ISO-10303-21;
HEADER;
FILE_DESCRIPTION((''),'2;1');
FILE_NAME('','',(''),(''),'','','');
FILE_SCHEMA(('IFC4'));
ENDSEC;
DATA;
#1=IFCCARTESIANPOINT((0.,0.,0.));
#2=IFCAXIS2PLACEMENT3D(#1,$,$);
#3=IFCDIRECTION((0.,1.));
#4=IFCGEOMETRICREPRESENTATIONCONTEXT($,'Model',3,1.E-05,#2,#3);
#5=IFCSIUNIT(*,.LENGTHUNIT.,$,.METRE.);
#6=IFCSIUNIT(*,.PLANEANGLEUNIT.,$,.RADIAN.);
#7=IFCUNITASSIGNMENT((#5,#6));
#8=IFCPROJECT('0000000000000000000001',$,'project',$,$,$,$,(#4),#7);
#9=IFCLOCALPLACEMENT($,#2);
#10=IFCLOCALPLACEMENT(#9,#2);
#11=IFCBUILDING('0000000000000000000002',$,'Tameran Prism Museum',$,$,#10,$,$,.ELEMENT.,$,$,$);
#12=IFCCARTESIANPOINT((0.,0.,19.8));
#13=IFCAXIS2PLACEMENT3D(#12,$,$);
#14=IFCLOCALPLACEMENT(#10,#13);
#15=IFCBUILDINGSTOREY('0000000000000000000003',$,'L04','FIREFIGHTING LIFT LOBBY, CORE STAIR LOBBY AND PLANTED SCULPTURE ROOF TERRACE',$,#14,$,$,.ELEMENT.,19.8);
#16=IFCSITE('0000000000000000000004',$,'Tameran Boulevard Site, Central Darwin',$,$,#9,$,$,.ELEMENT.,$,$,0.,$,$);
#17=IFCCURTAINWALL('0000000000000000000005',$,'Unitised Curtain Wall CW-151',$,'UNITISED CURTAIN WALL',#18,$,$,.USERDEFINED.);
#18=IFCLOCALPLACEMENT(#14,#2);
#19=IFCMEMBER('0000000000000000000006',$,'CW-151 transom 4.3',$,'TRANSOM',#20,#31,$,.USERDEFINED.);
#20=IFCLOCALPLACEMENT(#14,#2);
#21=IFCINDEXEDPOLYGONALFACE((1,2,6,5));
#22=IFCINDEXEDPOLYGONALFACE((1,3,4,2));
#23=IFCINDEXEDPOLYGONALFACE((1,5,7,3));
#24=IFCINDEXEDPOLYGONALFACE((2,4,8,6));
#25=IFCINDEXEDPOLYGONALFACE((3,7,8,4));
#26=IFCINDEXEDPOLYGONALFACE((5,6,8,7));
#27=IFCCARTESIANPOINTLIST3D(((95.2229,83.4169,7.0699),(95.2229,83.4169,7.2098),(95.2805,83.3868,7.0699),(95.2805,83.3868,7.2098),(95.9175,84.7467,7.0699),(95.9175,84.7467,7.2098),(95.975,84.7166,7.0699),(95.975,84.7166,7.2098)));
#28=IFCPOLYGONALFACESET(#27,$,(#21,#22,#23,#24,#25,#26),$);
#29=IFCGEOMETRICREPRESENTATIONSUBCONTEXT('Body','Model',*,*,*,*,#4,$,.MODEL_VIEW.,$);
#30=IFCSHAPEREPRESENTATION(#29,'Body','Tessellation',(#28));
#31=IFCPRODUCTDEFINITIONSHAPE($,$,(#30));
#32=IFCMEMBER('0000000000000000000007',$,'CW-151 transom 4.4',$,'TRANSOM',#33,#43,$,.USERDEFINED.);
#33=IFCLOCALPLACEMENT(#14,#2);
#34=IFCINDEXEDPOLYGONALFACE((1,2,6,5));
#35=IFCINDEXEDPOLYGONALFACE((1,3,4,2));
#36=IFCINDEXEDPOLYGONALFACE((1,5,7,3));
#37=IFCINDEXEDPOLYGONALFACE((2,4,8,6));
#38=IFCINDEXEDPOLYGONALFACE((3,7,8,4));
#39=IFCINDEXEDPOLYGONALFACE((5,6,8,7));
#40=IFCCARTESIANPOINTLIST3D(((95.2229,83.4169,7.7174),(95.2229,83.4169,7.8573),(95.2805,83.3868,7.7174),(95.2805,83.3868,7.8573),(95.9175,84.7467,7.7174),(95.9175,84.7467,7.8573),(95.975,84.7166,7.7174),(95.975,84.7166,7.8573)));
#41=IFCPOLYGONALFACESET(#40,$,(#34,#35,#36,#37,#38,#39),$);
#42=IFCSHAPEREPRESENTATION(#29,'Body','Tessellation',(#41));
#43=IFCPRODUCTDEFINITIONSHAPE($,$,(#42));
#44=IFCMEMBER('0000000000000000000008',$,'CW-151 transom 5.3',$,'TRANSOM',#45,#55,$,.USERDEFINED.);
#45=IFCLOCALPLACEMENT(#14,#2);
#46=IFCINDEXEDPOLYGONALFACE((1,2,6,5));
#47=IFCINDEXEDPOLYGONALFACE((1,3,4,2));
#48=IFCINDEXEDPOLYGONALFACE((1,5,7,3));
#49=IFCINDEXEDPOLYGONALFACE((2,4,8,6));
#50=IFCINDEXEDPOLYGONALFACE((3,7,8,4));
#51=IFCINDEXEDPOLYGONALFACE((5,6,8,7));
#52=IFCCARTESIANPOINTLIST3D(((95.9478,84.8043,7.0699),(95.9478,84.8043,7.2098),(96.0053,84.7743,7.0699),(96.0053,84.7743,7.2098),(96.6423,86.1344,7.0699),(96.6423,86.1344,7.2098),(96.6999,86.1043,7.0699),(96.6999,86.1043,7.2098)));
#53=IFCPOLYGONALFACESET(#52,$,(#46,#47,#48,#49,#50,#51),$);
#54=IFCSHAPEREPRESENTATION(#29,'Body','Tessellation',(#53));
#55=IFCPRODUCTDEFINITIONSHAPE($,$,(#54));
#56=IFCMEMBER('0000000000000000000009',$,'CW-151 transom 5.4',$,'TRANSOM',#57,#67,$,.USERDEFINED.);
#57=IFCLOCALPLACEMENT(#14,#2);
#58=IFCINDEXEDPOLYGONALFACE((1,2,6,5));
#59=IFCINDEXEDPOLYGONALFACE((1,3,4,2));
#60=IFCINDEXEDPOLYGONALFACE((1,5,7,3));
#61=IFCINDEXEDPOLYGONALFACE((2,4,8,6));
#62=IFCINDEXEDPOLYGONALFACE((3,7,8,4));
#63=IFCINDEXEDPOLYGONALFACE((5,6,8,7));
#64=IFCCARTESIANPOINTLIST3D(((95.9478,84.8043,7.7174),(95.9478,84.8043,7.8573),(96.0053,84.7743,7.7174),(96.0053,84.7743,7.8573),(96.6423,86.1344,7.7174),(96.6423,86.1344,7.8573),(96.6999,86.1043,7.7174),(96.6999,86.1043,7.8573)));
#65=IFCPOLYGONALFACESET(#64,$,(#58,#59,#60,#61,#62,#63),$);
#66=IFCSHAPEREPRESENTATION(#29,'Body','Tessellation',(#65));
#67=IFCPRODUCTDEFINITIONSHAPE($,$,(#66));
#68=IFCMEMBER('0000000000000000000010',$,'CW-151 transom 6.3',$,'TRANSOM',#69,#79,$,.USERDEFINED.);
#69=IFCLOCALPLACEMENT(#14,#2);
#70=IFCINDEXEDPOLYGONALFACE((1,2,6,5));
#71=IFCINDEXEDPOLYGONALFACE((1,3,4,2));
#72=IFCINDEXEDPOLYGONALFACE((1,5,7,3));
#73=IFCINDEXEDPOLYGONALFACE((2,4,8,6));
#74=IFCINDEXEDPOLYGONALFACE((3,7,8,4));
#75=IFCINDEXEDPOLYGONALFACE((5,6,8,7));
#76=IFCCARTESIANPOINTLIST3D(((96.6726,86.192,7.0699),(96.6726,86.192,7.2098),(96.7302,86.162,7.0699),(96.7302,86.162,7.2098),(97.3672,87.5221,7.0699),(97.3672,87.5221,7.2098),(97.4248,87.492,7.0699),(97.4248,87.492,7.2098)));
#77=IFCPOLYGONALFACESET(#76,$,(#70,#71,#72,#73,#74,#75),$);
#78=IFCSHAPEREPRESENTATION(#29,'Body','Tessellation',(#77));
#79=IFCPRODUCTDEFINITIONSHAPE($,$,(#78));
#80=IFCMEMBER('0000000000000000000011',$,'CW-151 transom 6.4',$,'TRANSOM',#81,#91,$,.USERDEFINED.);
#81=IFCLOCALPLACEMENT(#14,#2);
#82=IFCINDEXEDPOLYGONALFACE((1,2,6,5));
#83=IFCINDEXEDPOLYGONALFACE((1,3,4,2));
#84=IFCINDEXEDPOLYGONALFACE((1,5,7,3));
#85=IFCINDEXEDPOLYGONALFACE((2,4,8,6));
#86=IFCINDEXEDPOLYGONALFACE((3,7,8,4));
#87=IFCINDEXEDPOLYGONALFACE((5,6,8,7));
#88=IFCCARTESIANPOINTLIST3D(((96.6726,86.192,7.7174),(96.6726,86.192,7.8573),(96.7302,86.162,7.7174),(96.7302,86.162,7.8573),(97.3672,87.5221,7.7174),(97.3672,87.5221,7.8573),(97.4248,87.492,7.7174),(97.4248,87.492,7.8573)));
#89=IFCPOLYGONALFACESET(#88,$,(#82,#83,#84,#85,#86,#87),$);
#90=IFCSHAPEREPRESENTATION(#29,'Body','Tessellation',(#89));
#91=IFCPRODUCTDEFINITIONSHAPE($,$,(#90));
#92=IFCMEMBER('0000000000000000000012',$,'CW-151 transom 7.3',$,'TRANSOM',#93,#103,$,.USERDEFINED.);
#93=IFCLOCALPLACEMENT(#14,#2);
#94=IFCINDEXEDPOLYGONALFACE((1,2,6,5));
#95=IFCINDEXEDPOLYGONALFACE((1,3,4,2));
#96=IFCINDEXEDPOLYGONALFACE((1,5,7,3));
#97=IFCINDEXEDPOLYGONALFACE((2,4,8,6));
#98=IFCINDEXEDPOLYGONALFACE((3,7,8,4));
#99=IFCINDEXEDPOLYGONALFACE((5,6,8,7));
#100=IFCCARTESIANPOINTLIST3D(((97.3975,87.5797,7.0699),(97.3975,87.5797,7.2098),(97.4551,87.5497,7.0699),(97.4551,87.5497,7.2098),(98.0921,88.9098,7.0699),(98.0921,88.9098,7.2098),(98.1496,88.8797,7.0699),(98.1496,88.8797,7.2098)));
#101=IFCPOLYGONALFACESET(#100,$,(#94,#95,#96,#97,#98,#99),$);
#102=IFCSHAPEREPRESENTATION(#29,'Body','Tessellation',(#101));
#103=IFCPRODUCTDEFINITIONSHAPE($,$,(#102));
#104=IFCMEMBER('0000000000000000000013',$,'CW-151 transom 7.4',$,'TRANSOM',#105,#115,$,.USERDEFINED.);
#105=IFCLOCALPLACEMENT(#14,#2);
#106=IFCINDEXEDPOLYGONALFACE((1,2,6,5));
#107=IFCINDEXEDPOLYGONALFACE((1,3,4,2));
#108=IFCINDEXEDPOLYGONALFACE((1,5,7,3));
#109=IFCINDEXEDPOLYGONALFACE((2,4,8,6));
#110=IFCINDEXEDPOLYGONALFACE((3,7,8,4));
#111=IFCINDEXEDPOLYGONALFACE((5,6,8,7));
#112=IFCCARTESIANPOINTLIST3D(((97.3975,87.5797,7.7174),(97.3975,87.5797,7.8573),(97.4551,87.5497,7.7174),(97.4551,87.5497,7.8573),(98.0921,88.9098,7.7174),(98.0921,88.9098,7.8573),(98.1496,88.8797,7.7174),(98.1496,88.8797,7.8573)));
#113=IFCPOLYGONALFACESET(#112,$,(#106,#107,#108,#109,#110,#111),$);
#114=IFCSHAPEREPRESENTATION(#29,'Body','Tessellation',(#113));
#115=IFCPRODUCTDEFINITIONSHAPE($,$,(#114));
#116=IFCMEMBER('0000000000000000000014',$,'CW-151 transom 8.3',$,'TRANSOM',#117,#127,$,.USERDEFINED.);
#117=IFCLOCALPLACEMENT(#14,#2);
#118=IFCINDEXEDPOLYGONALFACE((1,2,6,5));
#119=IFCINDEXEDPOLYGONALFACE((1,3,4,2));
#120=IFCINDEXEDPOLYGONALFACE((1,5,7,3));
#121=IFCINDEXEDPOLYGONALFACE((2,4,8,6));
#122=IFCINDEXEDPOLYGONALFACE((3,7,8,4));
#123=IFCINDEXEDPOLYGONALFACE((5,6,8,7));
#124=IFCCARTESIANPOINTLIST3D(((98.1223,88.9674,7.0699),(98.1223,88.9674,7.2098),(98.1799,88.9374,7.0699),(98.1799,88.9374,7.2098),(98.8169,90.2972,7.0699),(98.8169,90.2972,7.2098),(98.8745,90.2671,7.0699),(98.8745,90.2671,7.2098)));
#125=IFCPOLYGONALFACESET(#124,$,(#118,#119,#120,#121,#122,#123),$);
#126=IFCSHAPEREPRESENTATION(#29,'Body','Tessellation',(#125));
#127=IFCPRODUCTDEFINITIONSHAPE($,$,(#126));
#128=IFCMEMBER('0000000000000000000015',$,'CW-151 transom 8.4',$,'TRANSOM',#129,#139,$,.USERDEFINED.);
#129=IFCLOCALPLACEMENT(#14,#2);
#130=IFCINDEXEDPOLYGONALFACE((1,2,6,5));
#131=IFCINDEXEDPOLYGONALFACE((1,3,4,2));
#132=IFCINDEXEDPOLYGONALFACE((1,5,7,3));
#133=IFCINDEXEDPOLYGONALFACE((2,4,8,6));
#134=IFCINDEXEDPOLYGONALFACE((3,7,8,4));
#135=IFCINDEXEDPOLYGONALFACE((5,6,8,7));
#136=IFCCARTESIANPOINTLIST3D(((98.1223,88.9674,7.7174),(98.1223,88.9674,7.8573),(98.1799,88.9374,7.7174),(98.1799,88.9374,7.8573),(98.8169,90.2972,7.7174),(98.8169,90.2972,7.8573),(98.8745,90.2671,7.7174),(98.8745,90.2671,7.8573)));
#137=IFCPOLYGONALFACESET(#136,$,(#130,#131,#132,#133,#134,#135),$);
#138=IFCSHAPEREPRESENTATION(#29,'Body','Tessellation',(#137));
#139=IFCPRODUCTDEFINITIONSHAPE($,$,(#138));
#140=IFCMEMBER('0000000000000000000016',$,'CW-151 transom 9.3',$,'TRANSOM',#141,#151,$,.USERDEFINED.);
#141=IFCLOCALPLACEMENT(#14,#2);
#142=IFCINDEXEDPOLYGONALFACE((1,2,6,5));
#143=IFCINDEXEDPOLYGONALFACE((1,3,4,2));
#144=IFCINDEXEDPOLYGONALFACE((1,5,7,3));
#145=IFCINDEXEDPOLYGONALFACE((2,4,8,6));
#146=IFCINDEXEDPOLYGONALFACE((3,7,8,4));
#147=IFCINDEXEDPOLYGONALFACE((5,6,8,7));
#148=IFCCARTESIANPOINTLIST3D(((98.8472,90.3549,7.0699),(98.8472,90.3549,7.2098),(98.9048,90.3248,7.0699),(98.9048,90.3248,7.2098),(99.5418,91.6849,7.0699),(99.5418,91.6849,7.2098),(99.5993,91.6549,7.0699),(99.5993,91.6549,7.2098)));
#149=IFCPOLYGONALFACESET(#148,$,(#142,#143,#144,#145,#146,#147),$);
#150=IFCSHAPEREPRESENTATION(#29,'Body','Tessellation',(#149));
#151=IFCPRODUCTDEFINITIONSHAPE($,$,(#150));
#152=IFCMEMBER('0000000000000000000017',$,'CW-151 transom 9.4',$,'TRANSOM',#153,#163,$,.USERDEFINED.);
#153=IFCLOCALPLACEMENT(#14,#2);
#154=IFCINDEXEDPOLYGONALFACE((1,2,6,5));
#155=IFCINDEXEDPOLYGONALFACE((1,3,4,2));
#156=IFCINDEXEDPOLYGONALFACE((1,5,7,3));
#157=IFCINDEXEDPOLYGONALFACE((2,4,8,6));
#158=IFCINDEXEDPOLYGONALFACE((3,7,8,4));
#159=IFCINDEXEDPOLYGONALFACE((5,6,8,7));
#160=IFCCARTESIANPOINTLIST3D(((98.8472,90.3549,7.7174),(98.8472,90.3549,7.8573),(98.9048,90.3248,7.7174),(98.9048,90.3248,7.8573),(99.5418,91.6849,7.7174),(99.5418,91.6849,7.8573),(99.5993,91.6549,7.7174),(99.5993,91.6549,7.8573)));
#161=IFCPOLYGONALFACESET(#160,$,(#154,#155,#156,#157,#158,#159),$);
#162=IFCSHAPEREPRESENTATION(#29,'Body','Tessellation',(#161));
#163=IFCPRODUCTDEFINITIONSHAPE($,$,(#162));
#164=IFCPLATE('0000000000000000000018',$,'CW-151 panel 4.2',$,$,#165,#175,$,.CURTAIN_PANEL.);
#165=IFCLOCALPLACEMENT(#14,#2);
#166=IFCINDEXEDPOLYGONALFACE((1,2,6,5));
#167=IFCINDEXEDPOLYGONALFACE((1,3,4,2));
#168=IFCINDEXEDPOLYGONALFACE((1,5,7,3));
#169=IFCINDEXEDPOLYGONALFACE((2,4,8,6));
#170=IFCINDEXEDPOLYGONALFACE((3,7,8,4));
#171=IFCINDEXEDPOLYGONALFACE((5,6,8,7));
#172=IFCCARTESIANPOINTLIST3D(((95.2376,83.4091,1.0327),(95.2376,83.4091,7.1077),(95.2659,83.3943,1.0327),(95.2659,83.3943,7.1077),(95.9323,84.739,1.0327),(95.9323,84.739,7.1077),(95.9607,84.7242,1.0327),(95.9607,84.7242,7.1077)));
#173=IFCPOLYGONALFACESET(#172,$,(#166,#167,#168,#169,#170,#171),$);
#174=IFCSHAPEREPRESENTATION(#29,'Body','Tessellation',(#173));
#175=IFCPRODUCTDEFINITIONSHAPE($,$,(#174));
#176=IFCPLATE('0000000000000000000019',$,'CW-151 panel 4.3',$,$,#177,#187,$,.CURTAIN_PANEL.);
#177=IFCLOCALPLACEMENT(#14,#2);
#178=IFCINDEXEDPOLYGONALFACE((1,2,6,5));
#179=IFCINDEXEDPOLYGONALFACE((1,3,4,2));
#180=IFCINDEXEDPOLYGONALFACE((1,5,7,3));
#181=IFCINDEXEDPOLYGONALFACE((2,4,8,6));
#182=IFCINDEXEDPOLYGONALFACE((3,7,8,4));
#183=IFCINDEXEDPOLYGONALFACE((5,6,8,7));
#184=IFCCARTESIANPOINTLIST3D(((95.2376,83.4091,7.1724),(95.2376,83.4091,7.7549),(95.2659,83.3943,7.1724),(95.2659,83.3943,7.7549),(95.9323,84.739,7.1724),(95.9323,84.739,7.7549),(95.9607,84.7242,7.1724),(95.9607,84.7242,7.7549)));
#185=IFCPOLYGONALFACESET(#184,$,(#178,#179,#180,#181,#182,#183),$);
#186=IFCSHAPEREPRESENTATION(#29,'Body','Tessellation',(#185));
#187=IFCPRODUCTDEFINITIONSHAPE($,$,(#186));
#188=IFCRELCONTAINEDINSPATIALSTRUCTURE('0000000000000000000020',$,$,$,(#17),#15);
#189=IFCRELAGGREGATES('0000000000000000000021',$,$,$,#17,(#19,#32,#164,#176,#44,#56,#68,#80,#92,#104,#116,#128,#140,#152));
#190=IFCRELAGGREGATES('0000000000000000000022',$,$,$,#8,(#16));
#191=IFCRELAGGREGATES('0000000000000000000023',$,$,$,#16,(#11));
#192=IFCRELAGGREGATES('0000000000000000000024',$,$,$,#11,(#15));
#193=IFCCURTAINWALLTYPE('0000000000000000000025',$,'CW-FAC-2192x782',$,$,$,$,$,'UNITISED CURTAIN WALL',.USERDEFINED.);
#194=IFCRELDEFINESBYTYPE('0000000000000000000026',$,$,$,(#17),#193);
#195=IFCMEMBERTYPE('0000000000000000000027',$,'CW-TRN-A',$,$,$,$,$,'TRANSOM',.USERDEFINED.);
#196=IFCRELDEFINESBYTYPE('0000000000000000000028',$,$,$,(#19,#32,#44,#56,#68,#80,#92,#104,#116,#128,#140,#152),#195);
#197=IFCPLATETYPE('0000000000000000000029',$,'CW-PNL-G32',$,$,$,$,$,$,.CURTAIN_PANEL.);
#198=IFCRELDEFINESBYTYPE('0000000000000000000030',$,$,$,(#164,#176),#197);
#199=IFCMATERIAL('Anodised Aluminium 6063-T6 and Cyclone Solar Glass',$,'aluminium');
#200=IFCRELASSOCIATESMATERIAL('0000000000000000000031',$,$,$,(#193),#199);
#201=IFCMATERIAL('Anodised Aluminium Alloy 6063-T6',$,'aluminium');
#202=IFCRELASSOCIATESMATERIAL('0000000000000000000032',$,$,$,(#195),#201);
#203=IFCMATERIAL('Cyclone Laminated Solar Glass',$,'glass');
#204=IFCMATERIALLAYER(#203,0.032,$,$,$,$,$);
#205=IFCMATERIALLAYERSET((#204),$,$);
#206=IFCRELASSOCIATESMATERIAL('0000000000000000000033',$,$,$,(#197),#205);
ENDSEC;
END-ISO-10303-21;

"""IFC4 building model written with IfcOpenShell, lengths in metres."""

from ifc_helpers import new_model, si_unit, direction, frame, origin, origin_2d, place, context, subcontext, project, spatial, rectangle, extrude, material, layer, layer_set, material_profile, profile_set, type_object, element, aggregate, save


model = new_model("IFC4")

# Units and contexts
model_context = context("Model", 3, precision=1e-05, world=origin(), true_north=direction((0.0, 1.0)))
body_context = subcontext(model_context, "Body", "Model", "MODEL_VIEW")
ifc_project = project(units=[si_unit("LENGTHUNIT", "METRE"), si_unit("PLANEANGLEUNIT", "RADIAN")], contexts=[model_context])

# Site, building, storey
site_placement = place(None, origin())
site = spatial("IfcSite", under=ifc_project, at=site_placement, Name="Tameran Boulevard Site, Central Darwin", CompositionType="ELEMENT", RefElevation=0.0)
building_placement = place(site_placement, origin())
building = spatial("IfcBuilding", under=site, at=building_placement, Name="Tameran Prism Museum", CompositionType="ELEMENT")
storey_placement = place(building_placement, frame((0.0, 0.0, 19.8)))
storey = spatial("IfcBuildingStorey", under=building, at=storey_placement, Name="L04", Description="FIREFIGHTING LIFT LOBBY, CORE STAIR LOBBY AND PLANTED SCULPTURE ROOF TERRACE", CompositionType="ELEMENT", Elevation=19.8)

# Curtain wall, members, plates
ifc_material_1 = material(Name="Anodised Aluminium 6063-T6 and Cyclone Solar Glass", Category="aluminium")
curtain_wall_type = type_object("IfcCurtainWallType", Name="CW-FAC-2192x782", ElementType="UNITISED CURTAIN WALL", PredefinedType="USERDEFINED", material=ifc_material_1)
curtain_wall_placement = place(storey_placement, origin())
curtain_wall = element("IfcCurtainWall", 1, at=curtain_wall_placement, inside=storey, type_object=curtain_wall_type, Name="Unitised Curtain Wall CW-151", ObjectType="UNITISED CURTAIN WALL", PredefinedType="USERDEFINED")
ifc_material_2 = material(Name="Anodised Aluminium Alloy 6063-T6", Category="aluminium")
ifc_material_profile = material_profile(ifc_material_2, rectangle(XDim=0.0649, YDim=0.1399, at=origin_2d()))
ifc_profile_set = profile_set([ifc_material_profile])
member_type = type_object("IfcMemberType", Name="CW-TRN-A", ElementType="TRANSOM", PredefinedType="USERDEFINED", material=ifc_profile_set)
member_1_placement = place(storey_placement, frame((95.2517, 83.4019, 7.1399), z_axis=(0.462961, 0.886379, 0.0), x_axis=(-0.886379, 0.462961, 0.0)))
member_1 = element("IfcMember", 2, at=member_1_placement, type_object=member_type, Name="CW-151 transom 4.3", ObjectType="TRANSOM", PredefinedType="USERDEFINED", context=body_context, shape_type="SweptSolid", body=[
    extrude(rectangle(XDim=0.0649, YDim=0.1399, at=origin_2d()), origin(), (0.0, 0.0, 1.0), 1.5002),
])
member_2_placement = place(storey_placement, frame((95.2517, 83.4019, 7.7874), z_axis=(0.462961, 0.886379, 0.0), x_axis=(-0.886379, 0.462961, 0.0)))
member_2 = element("IfcMember", 3, at=member_2_placement, type_object=member_type, Name="CW-151 transom 4.4", ObjectType="TRANSOM", PredefinedType="USERDEFINED", context=body_context, shape_type="SweptSolid", body=[
    extrude(rectangle(XDim=0.0649, YDim=0.1399, at=origin_2d()), origin(), (0.0, 0.0, 1.0), 1.5002),
])
member_3_placement = place(storey_placement, frame((95.9766, 84.7893, 7.1399), z_axis=(0.462894, 0.886414, 0.0), x_axis=(-0.886414, 0.462894, 0.0)))
member_3 = element("IfcMember", 4, at=member_3_placement, type_object=member_type, Name="CW-151 transom 5.3", ObjectType="TRANSOM", PredefinedType="USERDEFINED", context=body_context, shape_type="SweptSolid", body=[
    extrude(rectangle(XDim=0.0649, YDim=0.1399, at=origin_2d()), origin(), (0.0, 0.0, 1.0), 1.5005),
])
member_4_placement = place(storey_placement, frame((95.9766, 84.7893, 7.7874), z_axis=(0.462894, 0.886414, 0.0), x_axis=(-0.886414, 0.462894, 0.0)))
member_4 = element("IfcMember", 5, at=member_4_placement, type_object=member_type, Name="CW-151 transom 5.4", ObjectType="TRANSOM", PredefinedType="USERDEFINED", context=body_context, shape_type="SweptSolid", body=[
    extrude(rectangle(XDim=0.0649, YDim=0.1399, at=origin_2d()), origin(), (0.0, 0.0, 1.0), 1.5005),
])
member_5_placement = place(storey_placement, frame((96.7014, 86.177, 7.1399), z_axis=(0.462894, 0.886414, 0.0), x_axis=(-0.886414, 0.462894, 0.0)))
member_5 = element("IfcMember", 6, at=member_5_placement, type_object=member_type, Name="CW-151 transom 6.3", ObjectType="TRANSOM", PredefinedType="USERDEFINED", context=body_context, shape_type="SweptSolid", body=[
    extrude(rectangle(XDim=0.0649, YDim=0.1399, at=origin_2d()), origin(), (0.0, 0.0, 1.0), 1.5005),
])
member_6_placement = place(storey_placement, frame((96.7014, 86.177, 7.7874), z_axis=(0.462894, 0.886414, 0.0), x_axis=(-0.886414, 0.462894, 0.0)))
member_6 = element("IfcMember", 7, at=member_6_placement, type_object=member_type, Name="CW-151 transom 6.4", ObjectType="TRANSOM", PredefinedType="USERDEFINED", context=body_context, shape_type="SweptSolid", body=[
    extrude(rectangle(XDim=0.0649, YDim=0.1399, at=origin_2d()), origin(), (0.0, 0.0, 1.0), 1.5005),
])
member_7_placement = place(storey_placement, frame((97.4263, 87.5647, 7.1399), z_axis=(0.462894, 0.886414, 0.0), x_axis=(-0.886414, 0.462894, 0.0)))
member_7 = element("IfcMember", 8, at=member_7_placement, type_object=member_type, Name="CW-151 transom 7.3", ObjectType="TRANSOM", PredefinedType="USERDEFINED", context=body_context, shape_type="SweptSolid", body=[
    extrude(rectangle(XDim=0.0649, YDim=0.1399, at=origin_2d()), origin(), (0.0, 0.0, 1.0), 1.5005),
])
member_8_placement = place(storey_placement, frame((97.4263, 87.5647, 7.7874), z_axis=(0.462894, 0.886414, 0.0), x_axis=(-0.886414, 0.462894, 0.0)))
member_8 = element("IfcMember", 9, at=member_8_placement, type_object=member_type, Name="CW-151 transom 7.4", ObjectType="TRANSOM", PredefinedType="USERDEFINED", context=body_context, shape_type="SweptSolid", body=[
    extrude(rectangle(XDim=0.0649, YDim=0.1399, at=origin_2d()), origin(), (0.0, 0.0, 1.0), 1.5005),
])
member_9_placement = place(storey_placement, frame((98.1511, 88.9524, 7.1399), z_axis=(0.462961, 0.886379, 0.0), x_axis=(-0.886379, 0.462961, 0.0)))
member_9 = element("IfcMember", 10, at=member_9_placement, type_object=member_type, Name="CW-151 transom 8.3", ObjectType="TRANSOM", PredefinedType="USERDEFINED", context=body_context, shape_type="SweptSolid", body=[
    extrude(rectangle(XDim=0.0649, YDim=0.1399, at=origin_2d()), origin(), (0.0, 0.0, 1.0), 1.5002),
])
member_10_placement = place(storey_placement, frame((98.1511, 88.9524, 7.7874), z_axis=(0.462961, 0.886379, 0.0), x_axis=(-0.886379, 0.462961, 0.0)))
member_10 = element("IfcMember", 11, at=member_10_placement, type_object=member_type, Name="CW-151 transom 8.4", ObjectType="TRANSOM", PredefinedType="USERDEFINED", context=body_context, shape_type="SweptSolid", body=[
    extrude(rectangle(XDim=0.0649, YDim=0.1399, at=origin_2d()), origin(), (0.0, 0.0, 1.0), 1.5002),
])
member_11_placement = place(storey_placement, frame((98.876, 90.3398, 7.1399), z_axis=(0.462894, 0.886414, 0.0), x_axis=(-0.886414, 0.462894, 0.0)))
member_11 = element("IfcMember", 12, at=member_11_placement, type_object=member_type, Name="CW-151 transom 9.3", ObjectType="TRANSOM", PredefinedType="USERDEFINED", context=body_context, shape_type="SweptSolid", body=[
    extrude(rectangle(XDim=0.0649, YDim=0.1399, at=origin_2d()), origin(), (0.0, 0.0, 1.0), 1.5005),
])
member_12_placement = place(storey_placement, frame((98.876, 90.3398, 7.7874), z_axis=(0.462894, 0.886414, 0.0), x_axis=(-0.886414, 0.462894, 0.0)))
member_12 = element("IfcMember", 13, at=member_12_placement, type_object=member_type, Name="CW-151 transom 9.4", ObjectType="TRANSOM", PredefinedType="USERDEFINED", context=body_context, shape_type="SweptSolid", body=[
    extrude(rectangle(XDim=0.0649, YDim=0.1399, at=origin_2d()), origin(), (0.0, 0.0, 1.0), 1.5005),
])
ifc_material_3 = material(Name="Cyclone Laminated Solar Glass", Category="glass")
ifc_layer_1 = layer(ifc_material_3, 0.032)
ifc_layer_set_1 = layer_set([ifc_layer_1])
plate_type = type_object("IfcPlateType", Name="CW-PNL-G32", PredefinedType="CURTAIN_PANEL", material=ifc_layer_set_1)
plate_1_placement = place(storey_placement, frame((95.5991, 84.0667, 1.0327), z_axis=(0.0, 0.0, 1.0), x_axis=(0.463003, 0.886357, 0.0)))
plate_1 = element("IfcPlate", 14, at=plate_1_placement, type_object=plate_type, Name="CW-151 panel 4.2", PredefinedType="CURTAIN_PANEL", context=body_context, shape_type="SweptSolid", body=[
    extrude(rectangle(XDim=1.5005, YDim=0.032, at=origin_2d()), origin(), (0.0, 0.0, 1.0), 6.075),
])
plate_2_placement = place(storey_placement, frame((95.5991, 84.0667, 7.1724), z_axis=(0.0, 0.0, 1.0), x_axis=(0.463003, 0.886357, 0.0)))
plate_2 = element("IfcPlate", 15, at=plate_2_placement, type_object=plate_type, Name="CW-151 panel 4.3", PredefinedType="CURTAIN_PANEL", context=body_context, shape_type="SweptSolid", body=[
    extrude(rectangle(XDim=1.5005, YDim=0.032, at=origin_2d()), origin(), (0.0, 0.0, 1.0), 0.5825),
])
aggregate(curtain_wall, [member_1, member_2, plate_1, plate_2, member_3, member_4, member_5, member_6, member_7, member_8, member_9, member_10, member_11, member_12])

save(model, "model.ifc")
